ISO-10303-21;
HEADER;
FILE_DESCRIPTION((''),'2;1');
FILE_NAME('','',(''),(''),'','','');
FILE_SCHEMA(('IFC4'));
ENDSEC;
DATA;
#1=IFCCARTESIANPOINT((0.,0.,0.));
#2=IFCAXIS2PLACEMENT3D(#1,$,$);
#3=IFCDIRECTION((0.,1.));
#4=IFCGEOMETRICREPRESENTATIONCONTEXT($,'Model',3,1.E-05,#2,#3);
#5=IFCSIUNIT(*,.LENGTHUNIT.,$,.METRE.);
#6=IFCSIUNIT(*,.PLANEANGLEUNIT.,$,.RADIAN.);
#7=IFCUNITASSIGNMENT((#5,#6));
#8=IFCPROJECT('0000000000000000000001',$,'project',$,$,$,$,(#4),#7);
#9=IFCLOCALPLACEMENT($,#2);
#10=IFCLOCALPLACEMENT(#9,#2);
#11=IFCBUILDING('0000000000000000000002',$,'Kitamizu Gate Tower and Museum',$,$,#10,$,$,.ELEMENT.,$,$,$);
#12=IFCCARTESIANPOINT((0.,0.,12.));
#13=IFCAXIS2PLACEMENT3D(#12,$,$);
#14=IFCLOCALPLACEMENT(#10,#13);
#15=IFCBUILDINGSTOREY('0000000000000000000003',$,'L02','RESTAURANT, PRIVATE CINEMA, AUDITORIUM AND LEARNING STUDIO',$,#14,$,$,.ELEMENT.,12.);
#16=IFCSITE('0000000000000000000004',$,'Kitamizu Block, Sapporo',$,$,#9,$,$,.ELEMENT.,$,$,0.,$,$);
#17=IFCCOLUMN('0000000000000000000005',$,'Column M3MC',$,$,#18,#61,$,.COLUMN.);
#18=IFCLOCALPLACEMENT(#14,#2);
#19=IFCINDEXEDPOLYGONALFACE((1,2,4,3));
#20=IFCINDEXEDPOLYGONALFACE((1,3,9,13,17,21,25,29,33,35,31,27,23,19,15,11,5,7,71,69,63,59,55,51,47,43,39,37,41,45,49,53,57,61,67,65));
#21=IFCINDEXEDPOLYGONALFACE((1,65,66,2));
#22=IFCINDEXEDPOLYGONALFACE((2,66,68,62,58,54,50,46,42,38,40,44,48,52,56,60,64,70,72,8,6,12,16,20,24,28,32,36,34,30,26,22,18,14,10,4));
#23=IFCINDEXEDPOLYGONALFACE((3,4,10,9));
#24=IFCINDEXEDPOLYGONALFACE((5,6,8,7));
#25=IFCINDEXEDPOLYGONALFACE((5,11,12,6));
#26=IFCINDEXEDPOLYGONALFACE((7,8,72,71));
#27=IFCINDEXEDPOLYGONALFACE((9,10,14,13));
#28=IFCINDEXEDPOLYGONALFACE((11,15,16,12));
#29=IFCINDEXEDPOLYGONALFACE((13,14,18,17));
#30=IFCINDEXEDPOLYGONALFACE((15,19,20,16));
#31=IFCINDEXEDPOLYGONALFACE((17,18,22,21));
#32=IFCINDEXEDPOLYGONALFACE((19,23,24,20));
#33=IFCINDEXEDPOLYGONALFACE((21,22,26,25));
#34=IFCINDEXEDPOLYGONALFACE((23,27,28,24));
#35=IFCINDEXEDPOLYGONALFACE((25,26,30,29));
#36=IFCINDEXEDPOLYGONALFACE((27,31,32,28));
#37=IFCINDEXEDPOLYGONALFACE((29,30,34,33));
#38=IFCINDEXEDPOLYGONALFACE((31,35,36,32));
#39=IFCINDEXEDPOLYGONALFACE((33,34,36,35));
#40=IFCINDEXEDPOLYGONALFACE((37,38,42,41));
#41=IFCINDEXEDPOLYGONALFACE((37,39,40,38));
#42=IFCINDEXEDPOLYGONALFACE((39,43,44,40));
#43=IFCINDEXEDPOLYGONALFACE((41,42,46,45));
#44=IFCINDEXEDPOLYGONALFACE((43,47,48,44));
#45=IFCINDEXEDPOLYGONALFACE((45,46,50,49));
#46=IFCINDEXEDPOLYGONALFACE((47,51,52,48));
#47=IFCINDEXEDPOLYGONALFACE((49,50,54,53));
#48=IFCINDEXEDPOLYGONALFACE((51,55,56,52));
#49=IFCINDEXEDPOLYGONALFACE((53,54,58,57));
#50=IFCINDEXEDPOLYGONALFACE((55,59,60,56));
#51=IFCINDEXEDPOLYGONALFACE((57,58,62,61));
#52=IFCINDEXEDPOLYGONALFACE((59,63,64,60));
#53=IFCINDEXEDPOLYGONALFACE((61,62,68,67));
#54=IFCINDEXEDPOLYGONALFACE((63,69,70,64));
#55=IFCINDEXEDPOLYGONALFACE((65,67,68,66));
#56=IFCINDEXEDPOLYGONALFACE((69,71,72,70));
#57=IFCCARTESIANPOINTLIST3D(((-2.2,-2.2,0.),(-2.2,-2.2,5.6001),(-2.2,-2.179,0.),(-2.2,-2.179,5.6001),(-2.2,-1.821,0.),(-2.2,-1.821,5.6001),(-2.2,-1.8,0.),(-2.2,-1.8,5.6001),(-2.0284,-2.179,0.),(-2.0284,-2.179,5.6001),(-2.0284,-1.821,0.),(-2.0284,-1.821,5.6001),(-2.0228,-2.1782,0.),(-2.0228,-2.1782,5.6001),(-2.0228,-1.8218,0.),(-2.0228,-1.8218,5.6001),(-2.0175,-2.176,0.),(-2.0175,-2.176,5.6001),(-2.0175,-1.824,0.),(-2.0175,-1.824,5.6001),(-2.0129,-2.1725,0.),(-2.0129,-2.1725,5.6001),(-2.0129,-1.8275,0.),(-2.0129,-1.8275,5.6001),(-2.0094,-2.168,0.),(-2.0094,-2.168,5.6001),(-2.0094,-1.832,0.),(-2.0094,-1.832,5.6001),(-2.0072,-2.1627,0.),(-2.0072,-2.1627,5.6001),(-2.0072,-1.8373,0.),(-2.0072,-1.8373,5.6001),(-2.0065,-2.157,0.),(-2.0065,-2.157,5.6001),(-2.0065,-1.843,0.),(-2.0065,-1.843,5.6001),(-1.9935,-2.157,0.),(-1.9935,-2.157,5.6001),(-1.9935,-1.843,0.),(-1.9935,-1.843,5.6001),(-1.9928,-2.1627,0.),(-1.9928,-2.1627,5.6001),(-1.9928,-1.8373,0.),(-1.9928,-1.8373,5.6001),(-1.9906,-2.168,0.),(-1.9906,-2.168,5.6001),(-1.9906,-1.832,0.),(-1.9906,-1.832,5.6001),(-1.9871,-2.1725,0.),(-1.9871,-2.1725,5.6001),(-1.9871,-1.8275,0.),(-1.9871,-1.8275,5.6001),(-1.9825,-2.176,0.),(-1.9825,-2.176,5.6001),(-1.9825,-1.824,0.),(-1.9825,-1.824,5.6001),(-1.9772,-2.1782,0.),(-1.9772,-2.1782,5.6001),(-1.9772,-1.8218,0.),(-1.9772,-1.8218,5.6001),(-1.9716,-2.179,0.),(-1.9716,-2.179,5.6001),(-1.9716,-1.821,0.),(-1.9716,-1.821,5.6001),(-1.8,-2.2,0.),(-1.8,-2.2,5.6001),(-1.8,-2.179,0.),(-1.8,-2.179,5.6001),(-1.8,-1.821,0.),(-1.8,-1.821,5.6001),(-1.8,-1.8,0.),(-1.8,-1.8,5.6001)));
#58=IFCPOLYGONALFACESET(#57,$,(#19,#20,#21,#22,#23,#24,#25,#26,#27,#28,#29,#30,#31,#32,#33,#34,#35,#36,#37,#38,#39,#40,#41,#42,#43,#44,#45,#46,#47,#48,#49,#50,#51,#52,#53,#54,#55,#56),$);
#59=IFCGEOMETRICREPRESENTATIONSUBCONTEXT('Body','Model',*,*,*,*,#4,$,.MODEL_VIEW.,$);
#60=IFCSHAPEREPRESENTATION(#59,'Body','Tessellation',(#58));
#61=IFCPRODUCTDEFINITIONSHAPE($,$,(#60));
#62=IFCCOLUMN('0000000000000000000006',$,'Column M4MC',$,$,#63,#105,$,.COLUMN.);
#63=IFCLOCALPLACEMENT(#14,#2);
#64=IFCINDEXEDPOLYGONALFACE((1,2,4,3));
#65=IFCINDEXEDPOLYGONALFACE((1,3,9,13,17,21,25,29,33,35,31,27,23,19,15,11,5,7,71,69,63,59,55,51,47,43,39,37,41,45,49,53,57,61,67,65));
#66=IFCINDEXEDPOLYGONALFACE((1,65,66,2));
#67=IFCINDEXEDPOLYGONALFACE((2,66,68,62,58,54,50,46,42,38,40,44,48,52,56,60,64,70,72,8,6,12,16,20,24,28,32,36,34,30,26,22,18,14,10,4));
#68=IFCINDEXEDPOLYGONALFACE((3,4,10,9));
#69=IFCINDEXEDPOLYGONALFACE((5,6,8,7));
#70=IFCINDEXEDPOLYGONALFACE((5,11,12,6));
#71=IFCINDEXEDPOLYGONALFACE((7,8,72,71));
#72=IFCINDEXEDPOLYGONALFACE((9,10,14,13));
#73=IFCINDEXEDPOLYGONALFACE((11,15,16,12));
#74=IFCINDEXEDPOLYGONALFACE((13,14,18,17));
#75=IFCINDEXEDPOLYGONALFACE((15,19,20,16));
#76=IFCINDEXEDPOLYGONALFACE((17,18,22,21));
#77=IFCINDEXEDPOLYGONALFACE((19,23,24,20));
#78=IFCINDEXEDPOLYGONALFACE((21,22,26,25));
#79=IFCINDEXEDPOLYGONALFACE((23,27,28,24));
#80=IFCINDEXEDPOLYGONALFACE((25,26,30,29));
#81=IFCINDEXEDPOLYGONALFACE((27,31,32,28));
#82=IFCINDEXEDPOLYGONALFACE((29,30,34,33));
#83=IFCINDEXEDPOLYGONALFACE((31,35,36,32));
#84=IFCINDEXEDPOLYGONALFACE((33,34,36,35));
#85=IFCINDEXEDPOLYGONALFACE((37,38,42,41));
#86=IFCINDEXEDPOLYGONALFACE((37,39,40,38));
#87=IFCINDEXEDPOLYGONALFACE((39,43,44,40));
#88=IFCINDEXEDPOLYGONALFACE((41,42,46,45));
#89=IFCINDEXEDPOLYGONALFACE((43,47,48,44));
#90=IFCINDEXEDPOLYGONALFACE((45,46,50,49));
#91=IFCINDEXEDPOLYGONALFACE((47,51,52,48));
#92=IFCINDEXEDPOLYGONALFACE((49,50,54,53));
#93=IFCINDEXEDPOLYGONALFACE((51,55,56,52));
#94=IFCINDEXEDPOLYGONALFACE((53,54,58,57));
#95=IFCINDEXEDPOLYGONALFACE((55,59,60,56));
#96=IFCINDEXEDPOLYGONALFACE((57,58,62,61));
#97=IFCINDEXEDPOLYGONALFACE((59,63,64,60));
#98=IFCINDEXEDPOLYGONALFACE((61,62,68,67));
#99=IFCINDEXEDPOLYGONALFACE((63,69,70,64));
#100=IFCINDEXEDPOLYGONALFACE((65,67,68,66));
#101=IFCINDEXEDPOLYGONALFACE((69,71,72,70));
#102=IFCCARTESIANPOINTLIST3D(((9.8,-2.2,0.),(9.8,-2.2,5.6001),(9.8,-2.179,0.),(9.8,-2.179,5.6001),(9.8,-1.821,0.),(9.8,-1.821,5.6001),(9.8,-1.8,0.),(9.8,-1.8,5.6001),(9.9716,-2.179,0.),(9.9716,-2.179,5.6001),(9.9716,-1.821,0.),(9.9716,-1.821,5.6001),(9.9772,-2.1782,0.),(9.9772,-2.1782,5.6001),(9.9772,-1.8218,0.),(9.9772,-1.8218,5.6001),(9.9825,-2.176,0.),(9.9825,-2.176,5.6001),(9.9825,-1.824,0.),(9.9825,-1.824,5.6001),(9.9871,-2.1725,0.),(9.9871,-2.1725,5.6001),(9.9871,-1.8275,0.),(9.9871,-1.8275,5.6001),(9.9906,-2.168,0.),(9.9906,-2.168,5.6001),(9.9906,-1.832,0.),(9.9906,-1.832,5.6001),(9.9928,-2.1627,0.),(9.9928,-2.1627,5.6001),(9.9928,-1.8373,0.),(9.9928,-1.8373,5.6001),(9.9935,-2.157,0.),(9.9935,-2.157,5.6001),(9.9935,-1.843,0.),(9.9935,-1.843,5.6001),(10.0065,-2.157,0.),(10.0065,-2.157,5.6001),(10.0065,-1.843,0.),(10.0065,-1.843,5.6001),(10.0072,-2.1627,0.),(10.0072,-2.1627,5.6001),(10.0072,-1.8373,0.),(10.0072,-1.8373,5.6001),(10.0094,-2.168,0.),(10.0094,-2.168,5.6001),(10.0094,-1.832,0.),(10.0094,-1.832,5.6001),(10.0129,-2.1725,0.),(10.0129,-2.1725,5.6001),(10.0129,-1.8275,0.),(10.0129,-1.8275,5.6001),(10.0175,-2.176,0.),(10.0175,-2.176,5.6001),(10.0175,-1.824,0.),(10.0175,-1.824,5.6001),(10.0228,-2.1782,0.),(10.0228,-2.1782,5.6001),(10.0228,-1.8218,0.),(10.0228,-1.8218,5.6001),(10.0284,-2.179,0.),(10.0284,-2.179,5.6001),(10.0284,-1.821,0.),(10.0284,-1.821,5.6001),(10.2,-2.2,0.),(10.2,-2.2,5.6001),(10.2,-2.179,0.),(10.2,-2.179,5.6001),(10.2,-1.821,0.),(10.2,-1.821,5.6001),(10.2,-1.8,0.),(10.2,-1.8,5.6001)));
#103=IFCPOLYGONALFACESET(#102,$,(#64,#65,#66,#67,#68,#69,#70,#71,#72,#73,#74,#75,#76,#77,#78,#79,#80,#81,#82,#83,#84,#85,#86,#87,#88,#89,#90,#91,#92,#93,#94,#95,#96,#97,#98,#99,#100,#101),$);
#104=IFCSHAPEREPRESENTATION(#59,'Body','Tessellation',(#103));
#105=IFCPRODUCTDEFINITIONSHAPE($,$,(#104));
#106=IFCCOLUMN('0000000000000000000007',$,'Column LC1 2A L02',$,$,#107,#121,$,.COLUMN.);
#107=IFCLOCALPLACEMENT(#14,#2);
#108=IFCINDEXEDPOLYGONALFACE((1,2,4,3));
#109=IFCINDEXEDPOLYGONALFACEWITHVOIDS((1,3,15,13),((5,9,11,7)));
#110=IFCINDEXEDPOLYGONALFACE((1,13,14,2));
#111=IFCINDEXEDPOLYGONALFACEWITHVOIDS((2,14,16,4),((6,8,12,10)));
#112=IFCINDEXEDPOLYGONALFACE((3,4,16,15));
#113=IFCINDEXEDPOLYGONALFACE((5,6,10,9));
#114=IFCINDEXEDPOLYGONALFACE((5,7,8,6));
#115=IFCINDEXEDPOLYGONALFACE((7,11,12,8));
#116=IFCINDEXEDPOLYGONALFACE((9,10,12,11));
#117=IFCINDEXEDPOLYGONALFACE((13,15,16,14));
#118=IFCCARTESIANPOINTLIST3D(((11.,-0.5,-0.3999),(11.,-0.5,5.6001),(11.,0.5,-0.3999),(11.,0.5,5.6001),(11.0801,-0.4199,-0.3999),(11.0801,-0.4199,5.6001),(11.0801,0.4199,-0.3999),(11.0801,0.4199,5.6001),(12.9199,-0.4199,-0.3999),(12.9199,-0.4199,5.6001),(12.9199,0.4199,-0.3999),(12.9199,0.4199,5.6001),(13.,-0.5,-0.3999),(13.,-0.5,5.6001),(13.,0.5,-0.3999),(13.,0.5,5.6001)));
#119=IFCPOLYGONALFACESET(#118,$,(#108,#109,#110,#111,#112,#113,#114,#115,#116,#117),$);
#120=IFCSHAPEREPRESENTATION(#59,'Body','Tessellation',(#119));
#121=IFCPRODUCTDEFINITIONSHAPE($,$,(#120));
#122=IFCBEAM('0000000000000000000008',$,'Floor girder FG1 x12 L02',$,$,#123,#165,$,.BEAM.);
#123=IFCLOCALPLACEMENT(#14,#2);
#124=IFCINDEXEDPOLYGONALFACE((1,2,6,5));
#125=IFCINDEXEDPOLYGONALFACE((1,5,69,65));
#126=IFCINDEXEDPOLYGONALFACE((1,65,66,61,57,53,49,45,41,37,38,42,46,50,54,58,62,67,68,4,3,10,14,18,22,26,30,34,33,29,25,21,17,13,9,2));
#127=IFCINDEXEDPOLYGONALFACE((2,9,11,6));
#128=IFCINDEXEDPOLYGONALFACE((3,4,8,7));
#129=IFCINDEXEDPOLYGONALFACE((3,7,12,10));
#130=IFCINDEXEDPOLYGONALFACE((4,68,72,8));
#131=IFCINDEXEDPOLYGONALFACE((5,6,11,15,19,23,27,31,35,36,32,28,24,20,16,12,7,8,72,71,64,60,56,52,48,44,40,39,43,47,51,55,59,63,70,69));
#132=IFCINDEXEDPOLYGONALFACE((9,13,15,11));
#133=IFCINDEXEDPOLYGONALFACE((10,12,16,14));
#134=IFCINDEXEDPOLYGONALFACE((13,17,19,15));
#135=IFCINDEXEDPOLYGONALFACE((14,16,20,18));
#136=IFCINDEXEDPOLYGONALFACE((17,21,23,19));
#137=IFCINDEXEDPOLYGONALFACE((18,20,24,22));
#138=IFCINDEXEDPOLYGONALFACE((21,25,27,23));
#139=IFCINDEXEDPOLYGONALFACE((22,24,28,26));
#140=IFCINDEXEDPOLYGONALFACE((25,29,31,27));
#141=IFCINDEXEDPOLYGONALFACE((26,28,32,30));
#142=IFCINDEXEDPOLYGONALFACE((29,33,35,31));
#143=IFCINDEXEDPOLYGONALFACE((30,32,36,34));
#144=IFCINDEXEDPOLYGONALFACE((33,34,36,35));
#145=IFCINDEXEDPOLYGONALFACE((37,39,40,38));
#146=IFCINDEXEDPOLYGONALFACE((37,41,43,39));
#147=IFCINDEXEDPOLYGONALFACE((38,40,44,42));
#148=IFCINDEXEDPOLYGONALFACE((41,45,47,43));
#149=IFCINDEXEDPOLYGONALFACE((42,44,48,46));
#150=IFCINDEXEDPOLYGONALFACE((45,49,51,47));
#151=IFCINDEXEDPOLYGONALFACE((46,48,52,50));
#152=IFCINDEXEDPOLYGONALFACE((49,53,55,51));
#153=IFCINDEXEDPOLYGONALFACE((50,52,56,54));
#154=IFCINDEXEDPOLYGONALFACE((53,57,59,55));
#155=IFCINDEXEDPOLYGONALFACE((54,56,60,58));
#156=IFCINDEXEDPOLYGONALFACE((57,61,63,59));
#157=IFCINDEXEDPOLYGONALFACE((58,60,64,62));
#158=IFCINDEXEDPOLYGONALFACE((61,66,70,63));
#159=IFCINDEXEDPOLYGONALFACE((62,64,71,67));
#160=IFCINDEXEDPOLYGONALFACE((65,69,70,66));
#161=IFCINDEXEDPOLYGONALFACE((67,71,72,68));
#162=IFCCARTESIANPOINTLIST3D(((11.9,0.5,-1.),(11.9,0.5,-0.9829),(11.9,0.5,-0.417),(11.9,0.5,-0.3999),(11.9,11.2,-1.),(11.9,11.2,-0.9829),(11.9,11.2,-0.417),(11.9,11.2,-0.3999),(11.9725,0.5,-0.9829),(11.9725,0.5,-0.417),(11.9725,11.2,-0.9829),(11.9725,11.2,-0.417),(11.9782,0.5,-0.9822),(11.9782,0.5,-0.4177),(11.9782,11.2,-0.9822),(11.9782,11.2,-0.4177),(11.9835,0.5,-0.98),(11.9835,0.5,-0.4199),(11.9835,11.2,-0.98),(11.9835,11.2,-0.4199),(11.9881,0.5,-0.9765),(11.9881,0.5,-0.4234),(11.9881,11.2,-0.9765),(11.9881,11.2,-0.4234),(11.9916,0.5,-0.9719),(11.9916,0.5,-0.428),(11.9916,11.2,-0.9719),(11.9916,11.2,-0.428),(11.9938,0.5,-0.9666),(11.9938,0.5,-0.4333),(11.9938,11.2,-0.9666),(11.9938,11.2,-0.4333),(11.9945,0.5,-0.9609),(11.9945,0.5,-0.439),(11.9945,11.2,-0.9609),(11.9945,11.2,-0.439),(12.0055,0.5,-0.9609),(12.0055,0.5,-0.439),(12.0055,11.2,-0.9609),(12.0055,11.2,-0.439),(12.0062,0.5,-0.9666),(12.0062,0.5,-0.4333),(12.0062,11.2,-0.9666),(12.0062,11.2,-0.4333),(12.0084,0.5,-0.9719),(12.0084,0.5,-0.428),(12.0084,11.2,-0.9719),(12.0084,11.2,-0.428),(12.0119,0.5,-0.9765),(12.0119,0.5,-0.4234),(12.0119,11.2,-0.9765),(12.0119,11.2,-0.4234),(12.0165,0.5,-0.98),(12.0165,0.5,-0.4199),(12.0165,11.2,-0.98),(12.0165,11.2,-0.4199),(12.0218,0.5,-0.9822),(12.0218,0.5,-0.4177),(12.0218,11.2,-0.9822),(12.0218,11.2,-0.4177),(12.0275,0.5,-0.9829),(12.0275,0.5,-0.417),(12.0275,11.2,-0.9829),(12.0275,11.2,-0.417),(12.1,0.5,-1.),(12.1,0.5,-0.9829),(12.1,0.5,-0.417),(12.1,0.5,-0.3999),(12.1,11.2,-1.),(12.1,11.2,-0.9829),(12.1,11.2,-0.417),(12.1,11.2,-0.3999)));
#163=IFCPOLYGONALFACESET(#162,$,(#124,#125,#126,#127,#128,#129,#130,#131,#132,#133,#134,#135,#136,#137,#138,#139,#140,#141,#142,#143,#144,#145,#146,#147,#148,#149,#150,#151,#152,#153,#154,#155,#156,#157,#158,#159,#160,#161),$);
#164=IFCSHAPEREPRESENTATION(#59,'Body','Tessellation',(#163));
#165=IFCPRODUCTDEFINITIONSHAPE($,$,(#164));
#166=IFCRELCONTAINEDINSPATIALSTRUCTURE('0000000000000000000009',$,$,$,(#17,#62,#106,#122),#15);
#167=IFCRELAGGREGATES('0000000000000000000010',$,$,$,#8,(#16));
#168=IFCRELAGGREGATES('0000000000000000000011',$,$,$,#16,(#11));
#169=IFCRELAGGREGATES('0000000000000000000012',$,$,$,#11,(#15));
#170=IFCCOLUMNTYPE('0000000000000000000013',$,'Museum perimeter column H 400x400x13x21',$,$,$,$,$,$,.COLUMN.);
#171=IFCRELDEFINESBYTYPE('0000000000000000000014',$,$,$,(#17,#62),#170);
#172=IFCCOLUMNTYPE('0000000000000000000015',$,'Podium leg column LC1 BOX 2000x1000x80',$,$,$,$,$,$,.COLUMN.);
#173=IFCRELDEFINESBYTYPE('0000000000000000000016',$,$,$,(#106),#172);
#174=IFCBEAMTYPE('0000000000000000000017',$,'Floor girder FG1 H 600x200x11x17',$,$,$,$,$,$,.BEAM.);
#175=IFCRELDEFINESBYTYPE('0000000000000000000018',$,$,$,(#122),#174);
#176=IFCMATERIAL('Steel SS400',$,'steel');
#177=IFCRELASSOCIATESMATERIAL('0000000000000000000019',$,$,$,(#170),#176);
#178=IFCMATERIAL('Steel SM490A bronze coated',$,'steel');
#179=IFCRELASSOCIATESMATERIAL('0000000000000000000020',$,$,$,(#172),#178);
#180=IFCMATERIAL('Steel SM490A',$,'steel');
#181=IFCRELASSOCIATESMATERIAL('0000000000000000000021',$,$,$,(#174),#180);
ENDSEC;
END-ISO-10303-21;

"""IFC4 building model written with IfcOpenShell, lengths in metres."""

from ifc_helpers import new_model, si_unit, direction, frame, origin, origin_2d, place, context, subcontext, project, spatial, hollow_rectangle, i_section, extrude, material, material_profile, profile_set, type_object, element, save


model = new_model("IFC4")

# Units and contexts
model_context = context("Model", 3, precision=1e-05, world=origin(), true_north=direction((0.0, 1.0)))
body_context = subcontext(model_context, "Body", "Model", "MODEL_VIEW")
ifc_project = project(units=[si_unit("LENGTHUNIT", "METRE"), si_unit("PLANEANGLEUNIT", "RADIAN")], contexts=[model_context])

# Site, building, storey
site_placement = place(None, origin())
site = spatial("IfcSite", under=ifc_project, at=site_placement, Name="Kitamizu Block, Sapporo", CompositionType="ELEMENT", RefElevation=0.0)
building_placement = place(site_placement, origin())
building = spatial("IfcBuilding", under=site, at=building_placement, Name="Kitamizu Gate Tower and Museum", CompositionType="ELEMENT")
storey_placement = place(building_placement, frame((0.0, 0.0, 12.0)))
storey = spatial("IfcBuildingStorey", under=building, at=storey_placement, Name="L02", Description="RESTAURANT, PRIVATE CINEMA, AUDITORIUM AND LEARNING STUDIO", CompositionType="ELEMENT", Elevation=12.0)

# Columns
ifc_material_1 = material(Name="Steel SS400", Category="steel")
ifc_material_profile_1 = material_profile(ifc_material_1, i_section(OverallWidth=0.3999, OverallDepth=0.3999, WebThickness=0.0129, FlangeThickness=0.021, FilletRadius=0.022, at=origin_2d()), Name="H-400x400x13x21")
ifc_profile_set_1 = profile_set([ifc_material_profile_1], Name="Steel SS400")
column_type_1 = type_object("IfcColumnType", Name="Museum perimeter column H 400x400x13x21", PredefinedType="COLUMN", material=ifc_profile_set_1)
for number, where, z_axis, x_axis, name in (
    (1, (-2.0, -2.0, 0.0), (0.0, 0.0, 1.0), (1.0, 0.0, 0.0), "Column M3MC"),
    (2, (10.0, -2.0, 0.0), (0.0, 0.0, 1.0), (1.0, 0.0, 0.0), "Column M4MC"),
):
    element("IfcColumn", number, at=place(storey_placement, frame(where, z_axis=z_axis, x_axis=x_axis)), inside=storey, type_object=column_type_1, Name=name, PredefinedType="COLUMN", context=body_context, shape_type="SweptSolid", body=[
        extrude(i_section(OverallWidth=0.3999, OverallDepth=0.3999, WebThickness=0.0129, FlangeThickness=0.021, FilletRadius=0.022, at=origin_2d()), origin(), (0.0, 0.0, 1.0), 5.6001),
    ])
ifc_material_2 = material(Name="Steel SM490A bronze coated", Category="steel")
ifc_material_profile_2 = material_profile(ifc_material_2, hollow_rectangle(XDim=2.0, YDim=1.0, WallThickness=0.0801, at=origin_2d()), Name="BOX 2000x1000x80")
ifc_profile_set_2 = profile_set([ifc_material_profile_2], Name="Steel SM490A bronze coated")
column_type_2 = type_object("IfcColumnType", Name="Podium leg column LC1 BOX 2000x1000x80", PredefinedType="COLUMN", material=ifc_profile_set_2)
column_placement = place(storey_placement, frame((12.0, 0.0, -0.3999), z_axis=(0.0, 0.0, 1.0), x_axis=(1.0, 0.0, 0.0)))
element("IfcColumn", 3, at=column_placement, inside=storey, type_object=column_type_2, Name="Column LC1 2A L02", PredefinedType="COLUMN", context=body_context, shape_type="SweptSolid", body=[
    extrude(hollow_rectangle(XDim=2.0, YDim=1.0, WallThickness=0.0801, at=origin_2d()), origin(), (0.0, 0.0, 1.0), 6.0),
])

# Beam
ifc_material_3 = material(Name="Steel SM490A", Category="steel")
ifc_material_profile_3 = material_profile(ifc_material_3, i_section(OverallWidth=0.2, OverallDepth=0.6001, WebThickness=0.011, FlangeThickness=0.0171, FilletRadius=0.022, at=origin_2d()), Name="H-600x200x11x17")
ifc_profile_set_3 = profile_set([ifc_material_profile_3], Name="Steel SM490A")
beam_type_1 = type_object("IfcBeamType", Name="Floor girder FG1 H 600x200x11x17", PredefinedType="BEAM", material=ifc_profile_set_3)
beam_placement = place(storey_placement, frame((12.0, 0.5, -0.7), z_axis=(0.0, 1.0, 0.0), x_axis=(-1.0, 0.0, 0.0)))
element("IfcBeam", 4, at=beam_placement, inside=storey, type_object=beam_type_1, Name="Floor girder FG1 x12 L02", PredefinedType="BEAM", context=body_context, shape_type="SweptSolid", body=[
    extrude(i_section(OverallWidth=0.2, OverallDepth=0.6001, WebThickness=0.011, FlangeThickness=0.0171, FilletRadius=0.022, at=origin_2d()), origin(), (0.0, 0.0, 1.0), 10.7),
])

save(model, "model.ifc")
